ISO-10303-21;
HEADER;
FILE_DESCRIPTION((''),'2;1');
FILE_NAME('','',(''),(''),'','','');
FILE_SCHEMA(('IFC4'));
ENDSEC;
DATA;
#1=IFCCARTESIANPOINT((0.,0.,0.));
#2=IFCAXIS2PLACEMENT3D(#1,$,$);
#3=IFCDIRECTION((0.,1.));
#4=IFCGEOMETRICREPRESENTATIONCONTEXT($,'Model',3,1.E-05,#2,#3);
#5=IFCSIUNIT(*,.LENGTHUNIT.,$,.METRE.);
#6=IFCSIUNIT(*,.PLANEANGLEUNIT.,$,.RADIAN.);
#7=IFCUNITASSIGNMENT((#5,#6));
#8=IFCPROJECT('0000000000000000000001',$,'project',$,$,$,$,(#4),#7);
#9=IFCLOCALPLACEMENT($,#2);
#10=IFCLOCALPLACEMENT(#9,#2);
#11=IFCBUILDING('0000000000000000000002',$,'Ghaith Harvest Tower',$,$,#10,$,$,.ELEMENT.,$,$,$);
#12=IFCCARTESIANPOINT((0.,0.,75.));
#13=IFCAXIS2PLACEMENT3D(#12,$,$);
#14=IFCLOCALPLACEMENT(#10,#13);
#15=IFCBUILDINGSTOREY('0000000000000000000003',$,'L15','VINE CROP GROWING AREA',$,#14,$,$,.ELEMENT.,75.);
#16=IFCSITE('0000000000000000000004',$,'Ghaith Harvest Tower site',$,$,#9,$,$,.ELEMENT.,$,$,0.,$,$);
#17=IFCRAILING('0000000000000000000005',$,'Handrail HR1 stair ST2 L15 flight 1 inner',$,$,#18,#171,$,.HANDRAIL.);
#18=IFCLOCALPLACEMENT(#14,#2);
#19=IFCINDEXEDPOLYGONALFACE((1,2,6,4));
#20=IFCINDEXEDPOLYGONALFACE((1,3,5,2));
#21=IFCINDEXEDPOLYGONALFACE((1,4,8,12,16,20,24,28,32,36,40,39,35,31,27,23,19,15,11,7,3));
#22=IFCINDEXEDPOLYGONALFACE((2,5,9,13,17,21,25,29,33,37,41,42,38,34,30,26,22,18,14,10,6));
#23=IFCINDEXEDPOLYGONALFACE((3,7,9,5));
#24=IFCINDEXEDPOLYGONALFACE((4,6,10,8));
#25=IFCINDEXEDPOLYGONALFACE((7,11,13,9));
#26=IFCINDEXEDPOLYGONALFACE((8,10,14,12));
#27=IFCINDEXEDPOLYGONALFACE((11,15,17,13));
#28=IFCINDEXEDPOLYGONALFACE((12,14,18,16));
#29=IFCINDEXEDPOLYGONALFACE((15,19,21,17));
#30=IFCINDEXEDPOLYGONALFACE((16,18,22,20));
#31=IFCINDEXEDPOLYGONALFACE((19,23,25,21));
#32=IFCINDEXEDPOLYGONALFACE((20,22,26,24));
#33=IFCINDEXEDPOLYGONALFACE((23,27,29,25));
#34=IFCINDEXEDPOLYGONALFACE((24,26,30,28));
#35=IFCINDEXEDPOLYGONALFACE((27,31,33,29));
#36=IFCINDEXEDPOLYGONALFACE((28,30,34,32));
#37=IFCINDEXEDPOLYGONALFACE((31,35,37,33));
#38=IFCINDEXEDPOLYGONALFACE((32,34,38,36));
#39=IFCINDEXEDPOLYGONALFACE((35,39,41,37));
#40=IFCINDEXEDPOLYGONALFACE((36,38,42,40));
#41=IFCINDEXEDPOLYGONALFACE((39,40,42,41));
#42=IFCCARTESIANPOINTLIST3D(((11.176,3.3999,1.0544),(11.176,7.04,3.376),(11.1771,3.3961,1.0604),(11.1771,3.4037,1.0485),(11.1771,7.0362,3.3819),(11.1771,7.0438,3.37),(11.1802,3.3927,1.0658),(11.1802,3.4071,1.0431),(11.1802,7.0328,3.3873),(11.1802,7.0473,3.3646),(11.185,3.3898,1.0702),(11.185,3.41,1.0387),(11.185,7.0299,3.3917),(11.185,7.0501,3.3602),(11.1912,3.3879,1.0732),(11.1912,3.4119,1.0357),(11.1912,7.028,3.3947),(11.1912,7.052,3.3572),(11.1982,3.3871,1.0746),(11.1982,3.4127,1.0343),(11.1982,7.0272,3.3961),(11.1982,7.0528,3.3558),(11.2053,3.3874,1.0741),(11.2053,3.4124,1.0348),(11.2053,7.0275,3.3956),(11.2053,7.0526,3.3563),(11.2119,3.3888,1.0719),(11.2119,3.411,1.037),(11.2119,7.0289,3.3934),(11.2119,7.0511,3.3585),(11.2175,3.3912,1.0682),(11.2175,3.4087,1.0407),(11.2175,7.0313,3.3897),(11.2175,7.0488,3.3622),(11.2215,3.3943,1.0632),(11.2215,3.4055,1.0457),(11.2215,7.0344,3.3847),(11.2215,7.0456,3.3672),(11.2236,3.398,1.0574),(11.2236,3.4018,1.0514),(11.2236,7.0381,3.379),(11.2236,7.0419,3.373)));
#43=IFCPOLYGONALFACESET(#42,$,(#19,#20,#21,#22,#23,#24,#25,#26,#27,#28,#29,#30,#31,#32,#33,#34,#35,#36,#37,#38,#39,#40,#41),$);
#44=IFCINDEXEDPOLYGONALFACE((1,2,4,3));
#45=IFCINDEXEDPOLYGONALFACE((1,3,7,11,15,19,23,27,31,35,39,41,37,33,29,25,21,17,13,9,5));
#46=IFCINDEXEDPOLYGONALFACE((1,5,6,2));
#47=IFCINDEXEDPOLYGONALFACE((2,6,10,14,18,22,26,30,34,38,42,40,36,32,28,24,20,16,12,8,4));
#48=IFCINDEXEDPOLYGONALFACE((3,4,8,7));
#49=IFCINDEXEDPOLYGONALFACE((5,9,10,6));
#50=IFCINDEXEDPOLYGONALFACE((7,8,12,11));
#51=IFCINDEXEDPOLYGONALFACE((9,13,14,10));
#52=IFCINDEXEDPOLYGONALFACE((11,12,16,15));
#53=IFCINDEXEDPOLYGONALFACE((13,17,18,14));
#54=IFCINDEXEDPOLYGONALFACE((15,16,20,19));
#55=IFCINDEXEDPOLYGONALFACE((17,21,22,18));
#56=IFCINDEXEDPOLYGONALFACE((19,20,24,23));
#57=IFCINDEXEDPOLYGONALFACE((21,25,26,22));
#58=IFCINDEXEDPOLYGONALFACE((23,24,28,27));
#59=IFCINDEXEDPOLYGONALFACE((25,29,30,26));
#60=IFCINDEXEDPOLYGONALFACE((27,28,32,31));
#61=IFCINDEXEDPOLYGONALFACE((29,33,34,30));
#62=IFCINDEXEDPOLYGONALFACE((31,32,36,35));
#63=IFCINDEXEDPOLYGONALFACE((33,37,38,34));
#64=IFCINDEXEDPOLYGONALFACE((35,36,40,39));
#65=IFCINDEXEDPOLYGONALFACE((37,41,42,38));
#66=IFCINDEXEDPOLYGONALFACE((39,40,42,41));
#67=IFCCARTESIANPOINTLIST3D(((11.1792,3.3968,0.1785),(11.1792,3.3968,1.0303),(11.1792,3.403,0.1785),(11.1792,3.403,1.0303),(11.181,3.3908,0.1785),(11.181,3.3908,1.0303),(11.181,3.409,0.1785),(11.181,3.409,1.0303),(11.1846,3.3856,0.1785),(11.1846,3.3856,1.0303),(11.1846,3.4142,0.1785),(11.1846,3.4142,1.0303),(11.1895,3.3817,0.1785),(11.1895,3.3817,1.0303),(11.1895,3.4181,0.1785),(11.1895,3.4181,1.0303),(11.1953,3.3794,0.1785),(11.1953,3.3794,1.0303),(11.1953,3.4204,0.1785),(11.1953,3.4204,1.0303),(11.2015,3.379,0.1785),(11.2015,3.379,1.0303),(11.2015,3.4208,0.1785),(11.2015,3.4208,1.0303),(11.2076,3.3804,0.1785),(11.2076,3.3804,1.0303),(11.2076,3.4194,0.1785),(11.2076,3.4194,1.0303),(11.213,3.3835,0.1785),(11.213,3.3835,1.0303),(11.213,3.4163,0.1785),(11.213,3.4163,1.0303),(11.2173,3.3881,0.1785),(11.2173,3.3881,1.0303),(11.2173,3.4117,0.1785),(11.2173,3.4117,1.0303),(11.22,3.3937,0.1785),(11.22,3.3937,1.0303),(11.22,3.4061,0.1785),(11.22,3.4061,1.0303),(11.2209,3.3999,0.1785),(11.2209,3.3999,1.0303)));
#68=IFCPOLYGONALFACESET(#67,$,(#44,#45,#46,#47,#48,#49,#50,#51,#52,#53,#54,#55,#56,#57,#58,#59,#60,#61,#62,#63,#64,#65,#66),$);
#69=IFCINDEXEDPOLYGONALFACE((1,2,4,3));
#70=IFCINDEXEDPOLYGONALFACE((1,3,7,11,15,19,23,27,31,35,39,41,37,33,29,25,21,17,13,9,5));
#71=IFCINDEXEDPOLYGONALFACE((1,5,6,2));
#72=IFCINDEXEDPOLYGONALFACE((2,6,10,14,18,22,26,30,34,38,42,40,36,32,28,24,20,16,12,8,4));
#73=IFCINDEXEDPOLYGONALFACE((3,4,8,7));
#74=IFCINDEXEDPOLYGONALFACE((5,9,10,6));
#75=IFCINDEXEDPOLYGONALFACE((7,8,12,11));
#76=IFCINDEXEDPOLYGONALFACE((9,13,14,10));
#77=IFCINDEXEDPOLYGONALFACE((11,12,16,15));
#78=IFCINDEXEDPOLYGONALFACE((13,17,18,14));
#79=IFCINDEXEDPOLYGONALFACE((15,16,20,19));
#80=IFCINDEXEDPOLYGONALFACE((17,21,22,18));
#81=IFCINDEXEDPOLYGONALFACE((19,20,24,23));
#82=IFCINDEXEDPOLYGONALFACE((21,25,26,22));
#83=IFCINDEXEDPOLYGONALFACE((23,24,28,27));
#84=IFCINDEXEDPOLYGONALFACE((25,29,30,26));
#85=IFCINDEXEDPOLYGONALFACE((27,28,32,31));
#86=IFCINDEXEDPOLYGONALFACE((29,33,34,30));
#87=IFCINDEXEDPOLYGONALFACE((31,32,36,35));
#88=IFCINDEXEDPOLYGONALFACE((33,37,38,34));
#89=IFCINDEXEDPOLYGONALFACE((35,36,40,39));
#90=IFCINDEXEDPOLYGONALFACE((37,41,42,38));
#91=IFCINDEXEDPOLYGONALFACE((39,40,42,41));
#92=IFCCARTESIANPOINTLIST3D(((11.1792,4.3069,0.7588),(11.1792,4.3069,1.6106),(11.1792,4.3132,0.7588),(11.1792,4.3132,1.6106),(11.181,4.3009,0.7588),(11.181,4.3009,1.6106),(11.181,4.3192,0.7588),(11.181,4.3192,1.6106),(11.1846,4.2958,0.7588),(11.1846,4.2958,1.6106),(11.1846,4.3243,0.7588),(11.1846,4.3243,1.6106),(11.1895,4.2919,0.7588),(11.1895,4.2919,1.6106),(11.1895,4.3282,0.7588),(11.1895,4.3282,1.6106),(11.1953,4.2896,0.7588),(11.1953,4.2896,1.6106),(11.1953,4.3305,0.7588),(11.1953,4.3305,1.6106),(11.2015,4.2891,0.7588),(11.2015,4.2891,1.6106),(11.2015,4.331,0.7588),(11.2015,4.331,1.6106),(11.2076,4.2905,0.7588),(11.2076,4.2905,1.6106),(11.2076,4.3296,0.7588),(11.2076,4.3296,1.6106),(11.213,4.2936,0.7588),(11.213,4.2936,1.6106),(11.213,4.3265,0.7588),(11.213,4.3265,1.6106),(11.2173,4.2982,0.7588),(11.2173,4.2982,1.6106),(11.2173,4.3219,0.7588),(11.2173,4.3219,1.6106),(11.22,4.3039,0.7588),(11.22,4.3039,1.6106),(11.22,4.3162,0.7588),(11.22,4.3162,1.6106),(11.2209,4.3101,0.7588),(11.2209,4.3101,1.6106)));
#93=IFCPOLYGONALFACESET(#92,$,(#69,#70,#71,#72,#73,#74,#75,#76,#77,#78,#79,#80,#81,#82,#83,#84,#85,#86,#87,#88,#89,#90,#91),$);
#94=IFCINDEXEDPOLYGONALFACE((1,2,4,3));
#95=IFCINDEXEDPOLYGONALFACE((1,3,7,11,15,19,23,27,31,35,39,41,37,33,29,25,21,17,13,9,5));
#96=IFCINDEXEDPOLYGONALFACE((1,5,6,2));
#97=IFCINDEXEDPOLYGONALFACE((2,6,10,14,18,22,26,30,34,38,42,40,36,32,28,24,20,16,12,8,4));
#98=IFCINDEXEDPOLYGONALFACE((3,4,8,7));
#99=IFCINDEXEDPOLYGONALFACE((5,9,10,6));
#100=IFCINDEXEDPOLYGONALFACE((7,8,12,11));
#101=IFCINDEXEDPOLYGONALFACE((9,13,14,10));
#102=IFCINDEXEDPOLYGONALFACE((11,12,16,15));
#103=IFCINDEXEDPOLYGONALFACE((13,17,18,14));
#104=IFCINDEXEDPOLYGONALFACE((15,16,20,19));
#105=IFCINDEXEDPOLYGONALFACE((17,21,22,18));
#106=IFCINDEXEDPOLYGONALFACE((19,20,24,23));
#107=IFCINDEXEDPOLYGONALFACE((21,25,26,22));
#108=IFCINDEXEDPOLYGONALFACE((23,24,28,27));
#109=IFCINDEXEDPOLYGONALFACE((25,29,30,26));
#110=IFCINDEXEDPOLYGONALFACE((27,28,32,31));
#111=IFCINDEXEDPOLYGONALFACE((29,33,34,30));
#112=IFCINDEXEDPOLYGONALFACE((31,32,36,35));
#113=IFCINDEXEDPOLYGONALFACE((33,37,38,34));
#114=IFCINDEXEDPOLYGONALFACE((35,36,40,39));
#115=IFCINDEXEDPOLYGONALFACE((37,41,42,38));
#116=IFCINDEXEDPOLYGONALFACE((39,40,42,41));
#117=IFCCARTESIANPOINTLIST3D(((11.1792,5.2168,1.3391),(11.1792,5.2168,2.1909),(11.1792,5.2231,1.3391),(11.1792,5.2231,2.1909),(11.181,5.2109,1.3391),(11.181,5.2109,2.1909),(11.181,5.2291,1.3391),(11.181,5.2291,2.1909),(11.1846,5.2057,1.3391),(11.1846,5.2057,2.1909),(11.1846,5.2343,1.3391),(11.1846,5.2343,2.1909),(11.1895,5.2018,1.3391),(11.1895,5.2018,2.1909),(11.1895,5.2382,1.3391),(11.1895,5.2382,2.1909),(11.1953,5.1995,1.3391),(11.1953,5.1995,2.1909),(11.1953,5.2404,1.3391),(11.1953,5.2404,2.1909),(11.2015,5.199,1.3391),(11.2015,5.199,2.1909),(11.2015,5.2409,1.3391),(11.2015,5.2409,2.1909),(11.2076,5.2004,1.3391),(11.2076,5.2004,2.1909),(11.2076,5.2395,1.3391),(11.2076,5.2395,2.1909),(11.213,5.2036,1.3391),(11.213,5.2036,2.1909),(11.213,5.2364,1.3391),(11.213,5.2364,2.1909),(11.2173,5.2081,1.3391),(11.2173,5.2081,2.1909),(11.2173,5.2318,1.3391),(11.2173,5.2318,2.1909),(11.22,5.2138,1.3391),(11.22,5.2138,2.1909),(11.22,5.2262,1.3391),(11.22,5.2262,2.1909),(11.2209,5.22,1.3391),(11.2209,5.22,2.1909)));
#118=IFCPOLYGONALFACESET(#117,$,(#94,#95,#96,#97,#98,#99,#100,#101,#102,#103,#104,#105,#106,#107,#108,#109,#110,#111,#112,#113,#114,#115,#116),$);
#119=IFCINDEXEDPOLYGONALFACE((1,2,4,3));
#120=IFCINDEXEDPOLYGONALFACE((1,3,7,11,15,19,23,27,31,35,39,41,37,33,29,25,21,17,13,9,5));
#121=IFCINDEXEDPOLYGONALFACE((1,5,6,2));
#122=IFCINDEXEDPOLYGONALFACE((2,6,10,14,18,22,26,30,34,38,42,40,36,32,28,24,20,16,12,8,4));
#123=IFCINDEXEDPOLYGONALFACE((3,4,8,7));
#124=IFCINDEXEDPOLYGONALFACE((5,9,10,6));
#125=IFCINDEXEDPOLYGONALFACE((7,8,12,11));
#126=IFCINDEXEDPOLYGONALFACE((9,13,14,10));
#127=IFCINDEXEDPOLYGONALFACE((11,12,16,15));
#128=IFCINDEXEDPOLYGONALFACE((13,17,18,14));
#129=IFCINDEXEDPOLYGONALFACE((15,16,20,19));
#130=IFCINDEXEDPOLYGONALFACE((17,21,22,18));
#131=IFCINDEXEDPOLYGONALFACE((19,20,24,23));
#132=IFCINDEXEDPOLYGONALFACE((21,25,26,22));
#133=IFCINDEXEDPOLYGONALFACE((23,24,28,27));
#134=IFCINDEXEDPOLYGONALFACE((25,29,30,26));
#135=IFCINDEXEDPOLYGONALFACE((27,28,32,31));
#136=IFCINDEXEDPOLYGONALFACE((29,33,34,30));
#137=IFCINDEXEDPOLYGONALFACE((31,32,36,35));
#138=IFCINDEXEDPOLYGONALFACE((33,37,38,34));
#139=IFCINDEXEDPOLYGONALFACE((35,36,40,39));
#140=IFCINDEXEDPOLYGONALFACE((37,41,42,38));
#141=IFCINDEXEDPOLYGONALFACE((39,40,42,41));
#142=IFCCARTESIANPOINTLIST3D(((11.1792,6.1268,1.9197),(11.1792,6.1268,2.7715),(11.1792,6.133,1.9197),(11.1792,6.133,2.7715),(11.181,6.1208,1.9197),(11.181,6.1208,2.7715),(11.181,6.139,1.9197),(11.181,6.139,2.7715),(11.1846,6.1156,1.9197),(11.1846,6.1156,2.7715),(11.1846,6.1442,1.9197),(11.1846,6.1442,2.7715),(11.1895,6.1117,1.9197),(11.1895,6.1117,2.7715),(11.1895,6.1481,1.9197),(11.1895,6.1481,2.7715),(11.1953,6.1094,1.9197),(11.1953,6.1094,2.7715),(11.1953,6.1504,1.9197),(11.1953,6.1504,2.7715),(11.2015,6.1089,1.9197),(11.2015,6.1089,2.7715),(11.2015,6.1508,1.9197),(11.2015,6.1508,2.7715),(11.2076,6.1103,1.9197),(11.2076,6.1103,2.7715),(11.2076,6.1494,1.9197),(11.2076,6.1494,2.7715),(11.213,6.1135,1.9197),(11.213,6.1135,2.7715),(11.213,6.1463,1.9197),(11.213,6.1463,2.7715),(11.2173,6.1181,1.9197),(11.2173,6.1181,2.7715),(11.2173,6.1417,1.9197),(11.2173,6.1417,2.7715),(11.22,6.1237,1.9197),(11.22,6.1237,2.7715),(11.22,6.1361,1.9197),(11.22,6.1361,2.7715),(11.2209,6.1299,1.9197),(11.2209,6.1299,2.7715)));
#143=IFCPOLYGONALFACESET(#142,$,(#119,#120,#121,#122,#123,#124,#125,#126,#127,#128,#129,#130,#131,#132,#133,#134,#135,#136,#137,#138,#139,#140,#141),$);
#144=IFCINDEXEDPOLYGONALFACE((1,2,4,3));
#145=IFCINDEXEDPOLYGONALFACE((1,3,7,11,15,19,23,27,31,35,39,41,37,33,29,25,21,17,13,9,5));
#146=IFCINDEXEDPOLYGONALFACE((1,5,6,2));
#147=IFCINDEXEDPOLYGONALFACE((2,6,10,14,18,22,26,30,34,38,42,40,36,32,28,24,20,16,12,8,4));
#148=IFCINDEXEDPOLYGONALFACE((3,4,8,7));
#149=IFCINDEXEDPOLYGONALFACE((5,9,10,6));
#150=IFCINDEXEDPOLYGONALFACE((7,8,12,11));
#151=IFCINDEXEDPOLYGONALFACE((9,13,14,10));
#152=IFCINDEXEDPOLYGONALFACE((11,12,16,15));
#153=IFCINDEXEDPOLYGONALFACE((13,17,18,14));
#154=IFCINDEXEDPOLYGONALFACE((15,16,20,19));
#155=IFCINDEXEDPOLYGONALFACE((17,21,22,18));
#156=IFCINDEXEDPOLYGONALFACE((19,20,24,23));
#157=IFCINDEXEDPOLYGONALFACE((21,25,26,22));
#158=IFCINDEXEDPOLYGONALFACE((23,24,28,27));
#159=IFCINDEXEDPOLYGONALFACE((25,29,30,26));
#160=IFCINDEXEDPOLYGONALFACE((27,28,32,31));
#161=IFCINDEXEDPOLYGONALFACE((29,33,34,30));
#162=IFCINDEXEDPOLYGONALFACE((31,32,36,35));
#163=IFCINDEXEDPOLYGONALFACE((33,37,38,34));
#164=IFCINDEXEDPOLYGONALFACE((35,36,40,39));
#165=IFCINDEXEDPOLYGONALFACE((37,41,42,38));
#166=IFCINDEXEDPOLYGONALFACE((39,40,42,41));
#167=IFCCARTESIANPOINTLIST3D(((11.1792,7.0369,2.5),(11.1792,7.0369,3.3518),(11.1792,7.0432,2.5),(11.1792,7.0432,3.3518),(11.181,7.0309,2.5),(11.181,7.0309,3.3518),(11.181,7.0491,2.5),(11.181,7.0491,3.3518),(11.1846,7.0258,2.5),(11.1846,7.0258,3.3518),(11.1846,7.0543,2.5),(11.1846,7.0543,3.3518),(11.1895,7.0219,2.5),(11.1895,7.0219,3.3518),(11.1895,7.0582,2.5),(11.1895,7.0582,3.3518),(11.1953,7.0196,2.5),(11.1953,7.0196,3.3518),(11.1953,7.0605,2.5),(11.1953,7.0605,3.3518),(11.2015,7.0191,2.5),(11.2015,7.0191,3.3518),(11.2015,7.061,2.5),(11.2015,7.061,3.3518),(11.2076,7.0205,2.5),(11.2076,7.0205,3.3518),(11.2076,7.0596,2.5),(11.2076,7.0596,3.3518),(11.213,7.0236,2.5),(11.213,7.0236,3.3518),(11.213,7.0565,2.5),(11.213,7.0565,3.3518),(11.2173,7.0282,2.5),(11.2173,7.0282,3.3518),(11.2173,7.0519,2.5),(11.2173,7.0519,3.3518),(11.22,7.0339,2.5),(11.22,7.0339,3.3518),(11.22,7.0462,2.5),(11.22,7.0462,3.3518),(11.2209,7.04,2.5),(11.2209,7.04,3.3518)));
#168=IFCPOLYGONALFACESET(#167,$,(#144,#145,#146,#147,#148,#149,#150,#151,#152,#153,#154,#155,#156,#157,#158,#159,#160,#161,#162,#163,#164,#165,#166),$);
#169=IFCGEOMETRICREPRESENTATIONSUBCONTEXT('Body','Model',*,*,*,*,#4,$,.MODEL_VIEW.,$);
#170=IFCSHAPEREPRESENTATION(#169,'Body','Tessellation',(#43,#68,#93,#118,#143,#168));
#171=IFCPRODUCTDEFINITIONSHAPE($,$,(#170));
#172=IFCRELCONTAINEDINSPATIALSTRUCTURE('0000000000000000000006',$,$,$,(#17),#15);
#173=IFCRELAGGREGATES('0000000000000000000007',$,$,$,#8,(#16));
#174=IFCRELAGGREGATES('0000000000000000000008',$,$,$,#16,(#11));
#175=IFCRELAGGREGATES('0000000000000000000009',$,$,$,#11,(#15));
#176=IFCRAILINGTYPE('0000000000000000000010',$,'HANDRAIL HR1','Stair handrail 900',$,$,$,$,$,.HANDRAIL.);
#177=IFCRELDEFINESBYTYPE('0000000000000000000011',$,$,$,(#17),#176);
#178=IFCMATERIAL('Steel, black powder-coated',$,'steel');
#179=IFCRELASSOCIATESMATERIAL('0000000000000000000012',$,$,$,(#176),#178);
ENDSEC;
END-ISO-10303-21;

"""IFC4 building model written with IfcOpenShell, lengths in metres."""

from ifc_helpers import new_model, si_unit, direction, frame, origin, origin_2d, place, context, subcontext, project, spatial, circle, extrude, material, type_object, element, save


model = new_model("IFC4")

# Units and contexts
model_context = context("Model", 3, precision=1e-05, world=origin(), true_north=direction((0.0, 1.0)))
body_context = subcontext(model_context, "Body", "Model", "MODEL_VIEW")
ifc_project = project(units=[si_unit("LENGTHUNIT", "METRE"), si_unit("PLANEANGLEUNIT", "RADIAN")], contexts=[model_context])

# Site, building, storey
site_placement = place(None, origin())
site = spatial("IfcSite", under=ifc_project, at=site_placement, Name="Ghaith Harvest Tower site", CompositionType="ELEMENT", RefElevation=0.0)
building_placement = place(site_placement, origin())
building = spatial("IfcBuilding", under=site, at=building_placement, Name="Ghaith Harvest Tower", CompositionType="ELEMENT")
storey_placement = place(building_placement, frame((0.0, 0.0, 75.0)))
storey = spatial("IfcBuildingStorey", under=building, at=storey_placement, Name="L15", Description="VINE CROP GROWING AREA", CompositionType="ELEMENT", Elevation=75.0)

# Railing
ifc_material_1 = material(Name="Steel, black powder-coated", Category="steel")
railing_type = type_object("IfcRailingType", Name="HANDRAIL HR1", Description="Stair handrail 900", PredefinedType="HANDRAIL", material=ifc_material_1)
railing_1_placement = place(storey_placement, frame((11.2, 3.3999, 0.1785)))
element("IfcRailing", 1, at=railing_1_placement, inside=storey, type_object=railing_type, Name="Handrail HR1 stair ST2 L15 flight 1 inner", PredefinedType="HANDRAIL", context=body_context, shape_type="SweptSolid", body=[
    extrude(circle(Radius=0.0239, at=origin_2d()), frame((0.0, 0.0, 0.876), z_axis=(0.0, 0.843128, 0.537713), x_axis=(-1.0, 0.0, 0.0)), (0.0, 0.0, 1.0), 4.3174),
    extrude(circle(Radius=0.021, at=origin_2d()), origin(), (0.0, 0.0, 1.0), 0.8518),
    extrude(circle(Radius=0.021, at=origin_2d()), frame((0.0, 0.9102, 0.5803)), (0.0, 0.0, 1.0), 0.8518),
    extrude(circle(Radius=0.021, at=origin_2d()), frame((0.0, 1.8201, 1.1606)), (0.0, 0.0, 1.0), 0.8518),
    extrude(circle(Radius=0.021, at=origin_2d()), frame((0.0, 2.73, 1.7412)), (0.0, 0.0, 1.0), 0.8518),
    extrude(circle(Radius=0.021, at=origin_2d()), frame((0.0, 3.6401, 2.3215)), (0.0, 0.0, 1.0), 0.8518),
])

save(model, "model.ifc")
